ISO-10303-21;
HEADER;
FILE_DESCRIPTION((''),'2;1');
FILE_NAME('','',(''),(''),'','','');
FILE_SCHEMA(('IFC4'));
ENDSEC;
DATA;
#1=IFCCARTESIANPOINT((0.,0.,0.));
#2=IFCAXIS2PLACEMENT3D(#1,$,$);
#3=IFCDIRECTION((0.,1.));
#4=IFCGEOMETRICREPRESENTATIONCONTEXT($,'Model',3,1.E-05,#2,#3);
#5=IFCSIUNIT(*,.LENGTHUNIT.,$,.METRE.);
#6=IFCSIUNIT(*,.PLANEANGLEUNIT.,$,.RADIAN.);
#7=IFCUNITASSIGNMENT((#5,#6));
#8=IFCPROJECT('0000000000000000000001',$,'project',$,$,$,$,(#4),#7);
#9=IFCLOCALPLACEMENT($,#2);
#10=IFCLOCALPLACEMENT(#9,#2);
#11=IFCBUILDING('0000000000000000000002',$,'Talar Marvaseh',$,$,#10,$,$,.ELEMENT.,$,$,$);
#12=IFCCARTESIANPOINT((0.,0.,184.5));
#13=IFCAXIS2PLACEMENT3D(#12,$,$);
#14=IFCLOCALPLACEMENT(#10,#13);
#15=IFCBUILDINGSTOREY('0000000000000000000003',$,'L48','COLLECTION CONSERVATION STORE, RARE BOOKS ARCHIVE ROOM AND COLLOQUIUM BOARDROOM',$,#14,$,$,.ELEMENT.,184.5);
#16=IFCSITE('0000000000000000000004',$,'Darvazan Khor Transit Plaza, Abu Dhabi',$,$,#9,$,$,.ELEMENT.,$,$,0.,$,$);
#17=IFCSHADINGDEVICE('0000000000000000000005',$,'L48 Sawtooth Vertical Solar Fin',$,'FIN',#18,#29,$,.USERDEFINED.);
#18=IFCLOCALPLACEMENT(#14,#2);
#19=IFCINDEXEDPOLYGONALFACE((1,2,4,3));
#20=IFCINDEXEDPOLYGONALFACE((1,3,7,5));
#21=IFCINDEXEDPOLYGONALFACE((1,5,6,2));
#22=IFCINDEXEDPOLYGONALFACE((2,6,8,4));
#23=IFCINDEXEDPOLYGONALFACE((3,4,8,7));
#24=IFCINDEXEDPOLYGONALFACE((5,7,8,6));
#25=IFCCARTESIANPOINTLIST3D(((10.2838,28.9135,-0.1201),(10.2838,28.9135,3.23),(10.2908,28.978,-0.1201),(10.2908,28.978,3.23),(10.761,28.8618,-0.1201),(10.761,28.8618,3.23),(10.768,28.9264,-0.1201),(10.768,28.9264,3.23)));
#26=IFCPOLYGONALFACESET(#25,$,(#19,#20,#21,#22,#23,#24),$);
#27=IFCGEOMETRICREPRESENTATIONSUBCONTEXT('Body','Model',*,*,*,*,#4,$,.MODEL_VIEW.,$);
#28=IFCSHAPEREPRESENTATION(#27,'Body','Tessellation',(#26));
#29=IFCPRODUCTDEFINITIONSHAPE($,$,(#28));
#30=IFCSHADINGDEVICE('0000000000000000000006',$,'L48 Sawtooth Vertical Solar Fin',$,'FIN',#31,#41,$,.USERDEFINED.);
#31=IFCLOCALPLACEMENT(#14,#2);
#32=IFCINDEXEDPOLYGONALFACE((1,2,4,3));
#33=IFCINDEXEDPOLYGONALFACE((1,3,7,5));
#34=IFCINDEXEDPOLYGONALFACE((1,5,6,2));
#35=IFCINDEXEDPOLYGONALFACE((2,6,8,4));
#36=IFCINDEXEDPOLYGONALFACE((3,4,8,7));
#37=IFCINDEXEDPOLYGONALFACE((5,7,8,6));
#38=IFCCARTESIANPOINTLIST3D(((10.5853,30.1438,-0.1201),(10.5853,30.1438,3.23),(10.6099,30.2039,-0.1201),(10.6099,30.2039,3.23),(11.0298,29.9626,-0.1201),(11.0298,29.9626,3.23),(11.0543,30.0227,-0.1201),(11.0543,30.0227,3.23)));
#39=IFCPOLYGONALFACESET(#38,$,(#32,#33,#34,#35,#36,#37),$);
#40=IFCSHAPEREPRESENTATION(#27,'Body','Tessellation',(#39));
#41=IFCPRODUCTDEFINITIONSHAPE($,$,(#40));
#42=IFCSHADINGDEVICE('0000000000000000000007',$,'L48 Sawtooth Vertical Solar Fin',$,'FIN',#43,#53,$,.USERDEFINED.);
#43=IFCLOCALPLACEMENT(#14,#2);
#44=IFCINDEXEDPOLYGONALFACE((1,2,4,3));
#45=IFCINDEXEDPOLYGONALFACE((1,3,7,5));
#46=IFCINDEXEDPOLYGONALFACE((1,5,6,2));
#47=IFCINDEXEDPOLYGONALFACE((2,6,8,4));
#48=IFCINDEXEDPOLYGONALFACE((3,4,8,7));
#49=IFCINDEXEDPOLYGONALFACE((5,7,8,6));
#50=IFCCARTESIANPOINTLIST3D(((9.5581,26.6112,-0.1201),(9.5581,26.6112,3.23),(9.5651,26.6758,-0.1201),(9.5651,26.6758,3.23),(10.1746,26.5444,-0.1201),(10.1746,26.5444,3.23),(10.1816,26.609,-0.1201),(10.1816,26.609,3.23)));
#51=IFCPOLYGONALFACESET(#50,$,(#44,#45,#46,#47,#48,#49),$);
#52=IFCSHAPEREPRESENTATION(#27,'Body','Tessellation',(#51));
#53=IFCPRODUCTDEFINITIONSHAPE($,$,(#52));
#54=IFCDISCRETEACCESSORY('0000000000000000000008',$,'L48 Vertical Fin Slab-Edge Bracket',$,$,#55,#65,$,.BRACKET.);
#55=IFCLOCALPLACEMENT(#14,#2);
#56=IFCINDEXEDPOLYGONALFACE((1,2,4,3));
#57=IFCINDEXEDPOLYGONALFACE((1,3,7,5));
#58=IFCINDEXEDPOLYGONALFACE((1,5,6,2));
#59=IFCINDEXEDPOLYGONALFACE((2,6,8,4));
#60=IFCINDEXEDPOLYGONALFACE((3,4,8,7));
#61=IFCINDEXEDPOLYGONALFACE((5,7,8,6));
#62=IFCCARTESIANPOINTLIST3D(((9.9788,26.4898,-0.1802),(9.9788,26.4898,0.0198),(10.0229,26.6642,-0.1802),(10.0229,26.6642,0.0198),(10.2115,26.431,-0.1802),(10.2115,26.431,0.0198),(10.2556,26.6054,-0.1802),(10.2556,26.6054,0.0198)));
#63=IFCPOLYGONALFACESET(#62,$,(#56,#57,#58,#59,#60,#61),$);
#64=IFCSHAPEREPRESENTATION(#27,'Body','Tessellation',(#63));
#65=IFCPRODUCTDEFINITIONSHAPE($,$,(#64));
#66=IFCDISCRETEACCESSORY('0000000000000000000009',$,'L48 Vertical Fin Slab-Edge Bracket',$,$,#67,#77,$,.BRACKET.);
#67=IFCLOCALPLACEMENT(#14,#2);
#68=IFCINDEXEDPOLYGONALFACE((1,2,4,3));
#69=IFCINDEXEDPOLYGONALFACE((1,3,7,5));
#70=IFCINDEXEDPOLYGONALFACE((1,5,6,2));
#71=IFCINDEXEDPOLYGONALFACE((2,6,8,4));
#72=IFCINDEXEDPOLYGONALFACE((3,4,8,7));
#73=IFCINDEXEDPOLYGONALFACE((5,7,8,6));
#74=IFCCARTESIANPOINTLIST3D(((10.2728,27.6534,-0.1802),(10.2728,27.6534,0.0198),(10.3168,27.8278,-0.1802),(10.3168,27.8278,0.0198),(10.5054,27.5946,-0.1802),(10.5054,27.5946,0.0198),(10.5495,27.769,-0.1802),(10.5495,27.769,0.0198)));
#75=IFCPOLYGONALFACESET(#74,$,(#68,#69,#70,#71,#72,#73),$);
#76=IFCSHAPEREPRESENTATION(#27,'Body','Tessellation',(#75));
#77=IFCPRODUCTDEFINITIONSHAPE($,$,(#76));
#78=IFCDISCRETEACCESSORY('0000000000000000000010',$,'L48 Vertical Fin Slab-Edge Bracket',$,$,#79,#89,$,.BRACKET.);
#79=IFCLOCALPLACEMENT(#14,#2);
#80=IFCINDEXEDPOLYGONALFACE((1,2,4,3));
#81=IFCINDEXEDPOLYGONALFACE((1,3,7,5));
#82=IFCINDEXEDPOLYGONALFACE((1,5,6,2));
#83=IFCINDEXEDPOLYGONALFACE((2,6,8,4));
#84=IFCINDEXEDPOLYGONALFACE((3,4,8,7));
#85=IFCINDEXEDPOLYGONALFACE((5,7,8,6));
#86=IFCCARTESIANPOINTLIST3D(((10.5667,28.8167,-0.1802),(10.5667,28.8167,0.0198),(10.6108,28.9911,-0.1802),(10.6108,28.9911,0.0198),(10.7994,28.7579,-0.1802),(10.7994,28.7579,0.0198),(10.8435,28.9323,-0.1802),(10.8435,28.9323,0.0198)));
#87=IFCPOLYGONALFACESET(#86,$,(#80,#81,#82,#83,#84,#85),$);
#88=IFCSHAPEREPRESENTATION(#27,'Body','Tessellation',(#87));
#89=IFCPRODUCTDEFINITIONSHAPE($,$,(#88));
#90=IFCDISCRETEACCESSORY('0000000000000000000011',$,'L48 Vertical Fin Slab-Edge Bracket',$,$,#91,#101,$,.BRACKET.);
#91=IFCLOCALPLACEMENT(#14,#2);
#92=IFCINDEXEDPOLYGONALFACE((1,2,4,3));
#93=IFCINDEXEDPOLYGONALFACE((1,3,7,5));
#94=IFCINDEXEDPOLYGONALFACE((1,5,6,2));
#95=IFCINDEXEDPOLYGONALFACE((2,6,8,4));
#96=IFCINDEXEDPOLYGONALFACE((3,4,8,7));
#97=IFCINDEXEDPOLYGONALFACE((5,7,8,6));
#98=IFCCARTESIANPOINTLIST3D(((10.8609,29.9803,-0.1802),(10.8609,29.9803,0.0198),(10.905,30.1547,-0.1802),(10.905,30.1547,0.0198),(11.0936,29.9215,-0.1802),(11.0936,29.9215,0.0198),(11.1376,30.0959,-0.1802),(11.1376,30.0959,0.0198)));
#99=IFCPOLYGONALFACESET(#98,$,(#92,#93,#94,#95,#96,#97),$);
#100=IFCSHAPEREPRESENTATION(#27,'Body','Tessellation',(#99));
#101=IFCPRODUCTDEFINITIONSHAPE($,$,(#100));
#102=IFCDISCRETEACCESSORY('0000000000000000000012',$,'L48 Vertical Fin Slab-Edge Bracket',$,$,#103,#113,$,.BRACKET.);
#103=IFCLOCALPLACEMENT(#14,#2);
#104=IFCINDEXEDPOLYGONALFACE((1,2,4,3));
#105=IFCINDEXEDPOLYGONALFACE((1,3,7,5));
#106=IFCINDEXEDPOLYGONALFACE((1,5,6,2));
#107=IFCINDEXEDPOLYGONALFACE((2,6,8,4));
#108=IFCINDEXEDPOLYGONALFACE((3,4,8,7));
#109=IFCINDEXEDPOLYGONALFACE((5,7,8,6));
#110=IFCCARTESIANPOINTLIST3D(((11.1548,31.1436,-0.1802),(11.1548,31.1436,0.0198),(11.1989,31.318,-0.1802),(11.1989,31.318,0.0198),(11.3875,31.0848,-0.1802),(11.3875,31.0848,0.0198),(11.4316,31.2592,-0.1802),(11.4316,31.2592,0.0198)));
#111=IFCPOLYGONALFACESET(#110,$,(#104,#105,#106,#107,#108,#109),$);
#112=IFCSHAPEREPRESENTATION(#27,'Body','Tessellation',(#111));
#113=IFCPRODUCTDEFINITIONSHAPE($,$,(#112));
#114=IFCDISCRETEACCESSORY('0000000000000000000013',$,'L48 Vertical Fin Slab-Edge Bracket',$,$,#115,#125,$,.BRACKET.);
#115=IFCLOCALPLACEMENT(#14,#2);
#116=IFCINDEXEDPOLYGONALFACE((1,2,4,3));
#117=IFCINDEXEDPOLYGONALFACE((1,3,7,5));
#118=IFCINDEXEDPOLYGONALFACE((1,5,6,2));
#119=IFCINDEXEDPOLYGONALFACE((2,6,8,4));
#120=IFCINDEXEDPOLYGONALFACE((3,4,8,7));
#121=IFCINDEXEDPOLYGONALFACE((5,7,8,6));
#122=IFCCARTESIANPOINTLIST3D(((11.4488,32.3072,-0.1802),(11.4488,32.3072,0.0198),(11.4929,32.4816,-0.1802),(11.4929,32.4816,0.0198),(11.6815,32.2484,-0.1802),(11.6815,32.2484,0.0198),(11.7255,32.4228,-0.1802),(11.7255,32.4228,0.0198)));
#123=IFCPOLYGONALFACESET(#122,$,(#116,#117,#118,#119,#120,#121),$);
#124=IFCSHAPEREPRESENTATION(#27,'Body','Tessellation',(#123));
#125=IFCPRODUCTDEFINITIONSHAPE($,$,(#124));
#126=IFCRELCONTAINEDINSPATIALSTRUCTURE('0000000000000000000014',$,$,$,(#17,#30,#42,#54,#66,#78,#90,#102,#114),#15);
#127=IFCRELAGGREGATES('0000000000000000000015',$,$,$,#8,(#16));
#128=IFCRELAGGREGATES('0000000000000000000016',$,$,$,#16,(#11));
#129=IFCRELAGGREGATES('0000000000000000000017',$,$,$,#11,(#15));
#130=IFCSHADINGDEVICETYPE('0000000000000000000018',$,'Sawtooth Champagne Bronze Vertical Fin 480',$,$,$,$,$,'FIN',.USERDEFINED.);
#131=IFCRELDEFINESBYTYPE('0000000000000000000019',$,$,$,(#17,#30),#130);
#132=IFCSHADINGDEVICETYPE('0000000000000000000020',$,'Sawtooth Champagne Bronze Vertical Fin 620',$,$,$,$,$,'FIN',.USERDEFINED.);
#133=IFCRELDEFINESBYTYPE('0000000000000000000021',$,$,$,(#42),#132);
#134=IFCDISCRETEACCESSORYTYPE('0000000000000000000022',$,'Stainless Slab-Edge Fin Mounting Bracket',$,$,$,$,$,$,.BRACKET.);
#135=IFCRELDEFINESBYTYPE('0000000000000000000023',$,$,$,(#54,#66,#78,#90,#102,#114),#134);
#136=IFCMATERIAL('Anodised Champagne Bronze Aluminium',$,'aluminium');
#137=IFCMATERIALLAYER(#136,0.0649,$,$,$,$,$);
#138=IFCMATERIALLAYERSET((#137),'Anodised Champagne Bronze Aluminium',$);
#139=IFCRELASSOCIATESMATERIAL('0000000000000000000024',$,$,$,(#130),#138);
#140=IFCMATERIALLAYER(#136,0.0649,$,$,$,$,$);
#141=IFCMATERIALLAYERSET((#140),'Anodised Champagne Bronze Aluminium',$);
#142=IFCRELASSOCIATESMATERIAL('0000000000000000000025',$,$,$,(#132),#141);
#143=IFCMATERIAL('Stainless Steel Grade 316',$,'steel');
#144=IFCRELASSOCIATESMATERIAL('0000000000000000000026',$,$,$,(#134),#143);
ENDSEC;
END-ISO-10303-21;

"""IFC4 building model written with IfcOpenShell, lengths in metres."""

from ifc_helpers import new_model, si_unit, direction, frame, origin, origin_2d, place, context, subcontext, project, spatial, rectangle, extrude, source, transform, mapped, material, layer, layer_set, type_object, type_shapes, element, save


model = new_model("IFC4")

# Units and contexts
model_context = context("Model", 3, precision=1e-05, world=origin(), true_north=direction((0.0, 1.0)))
body_context = subcontext(model_context, "Body", "Model", "MODEL_VIEW")
ifc_project = project(units=[si_unit("LENGTHUNIT", "METRE"), si_unit("PLANEANGLEUNIT", "RADIAN")], contexts=[model_context])

# Site, building, storey
site_placement = place(None, origin())
site = spatial("IfcSite", under=ifc_project, at=site_placement, Name="Darvazan Khor Transit Plaza, Abu Dhabi", CompositionType="ELEMENT", RefElevation=0.0)
building_placement = place(site_placement, origin())
building = spatial("IfcBuilding", under=site, at=building_placement, Name="Talar Marvaseh", CompositionType="ELEMENT")
storey_placement = place(building_placement, frame((0.0, 0.0, 184.5)))
storey = spatial("IfcBuildingStorey", under=building, at=storey_placement, Name="L48", Description="COLLECTION CONSERVATION STORE, RARE BOOKS ARCHIVE ROOM AND COLLOQUIUM BOARDROOM", CompositionType="ELEMENT", Elevation=184.5)

# Shading devices
ifc_material_1 = material(Name="Anodised Champagne Bronze Aluminium", Category="aluminium")
ifc_layer_1 = layer(ifc_material_1, 0.0649)
ifc_layer_set_1 = layer_set([ifc_layer_1], Name="Anodised Champagne Bronze Aluminium")
shading_device_type_1 = type_object("IfcShadingDeviceType", Name="Sawtooth Champagne Bronze Vertical Fin 480", ElementType="FIN", PredefinedType="USERDEFINED", material=ifc_layer_set_1)
shared_shape_1 = source(origin(), body_context, "Body", "SweptSolid", [
    extrude(rectangle(XDim=0.48, YDim=0.0649, at=origin_2d()), origin(), (0.0, 0.0, 1.0), 3.3501),
])
type_shapes(shading_device_type_1, [shared_shape_1])
for number, where, z_axis, x_axis, name in (
    (1, (10.5259, 28.9199, -0.1201), (0.0, 0.0, 1.0), (-0.994189, 0.107652, 0.0), "L48 Sawtooth Vertical Solar Fin"),
    (2, (10.8198, 30.0833, -0.1201), (0.0, 0.0, 1.0), (-0.926002, 0.377518, 0.0), "L48 Sawtooth Vertical Solar Fin"),
):
    element("IfcShadingDevice", number, at=place(storey_placement, frame(where, z_axis=z_axis, x_axis=x_axis)), inside=storey, type_object=shading_device_type_1, Name=name, ObjectType="FIN", PredefinedType="USERDEFINED", context=body_context, shape_type="MappedRepresentation", body=[
        mapped(shared_shape_1, transform((0.0, 0.0, 0.0), x_axis=(1.0, 0.0, 0.0), y_axis=(0.0, 1.0, 0.0), z_axis=(0.0, 0.0, 1.0), scale=1.0)),
    ])
ifc_layer_2 = layer(ifc_material_1, 0.0649)
ifc_layer_set_2 = layer_set([ifc_layer_2], Name="Anodised Champagne Bronze Aluminium")
shading_device_type_2 = type_object("IfcShadingDeviceType", Name="Sawtooth Champagne Bronze Vertical Fin 620", ElementType="FIN", PredefinedType="USERDEFINED", material=ifc_layer_set_2)
shared_shape_2 = source(origin(), body_context, "Body", "SweptSolid", [
    extrude(rectangle(XDim=0.6201, YDim=0.0649, at=origin_2d()), origin(), (0.0, 0.0, 1.0), 3.3501),
])
type_shapes(shading_device_type_2, [shared_shape_2])
shading_device_placement = place(storey_placement, frame((9.8699, 26.6101, -0.1201), z_axis=(0.0, 0.0, 1.0), x_axis=(-0.994189, 0.107652, 0.0)))
element("IfcShadingDevice", 3, at=shading_device_placement, inside=storey, type_object=shading_device_type_2, Name="L48 Sawtooth Vertical Solar Fin", ObjectType="FIN", PredefinedType="USERDEFINED", context=body_context, shape_type="MappedRepresentation", body=[
    mapped(shared_shape_2, transform((0.0, 0.0, 0.0), x_axis=(1.0, 0.0, 0.0), y_axis=(0.0, 1.0, 0.0), z_axis=(0.0, 0.0, 1.0), scale=1.0)),
])

# Discrete accessories
ifc_material_2 = material(Name="Stainless Steel Grade 316", Category="steel")
discrete_accessory_type = type_object("IfcDiscreteAccessoryType", Name="Stainless Slab-Edge Fin Mounting Bracket", PredefinedType="BRACKET", material=ifc_material_2)
shared_shape_3 = source(origin(), body_context, "Body", "SweptSolid", [
    extrude(rectangle(XDim=0.24, YDim=0.1799, at=origin_2d()), origin(), (0.0, 0.0, 1.0), 0.2),
])
type_shapes(discrete_accessory_type, [shared_shape_3])
for number, where, z_axis, x_axis, name in (
    (4, (10.1172, 26.5476, -0.1802), (0.0, 0.0, 1.0), (-0.969531, 0.244969, 0.0), "L48 Vertical Fin Slab-Edge Bracket"),
    (5, (10.4111, 27.7112, -0.1802), (0.0, 0.0, 1.0), (-0.969531, 0.244969, 0.0), "L48 Vertical Fin Slab-Edge Bracket"),
    (6, (10.7051, 28.8745, -0.1802), (0.0, 0.0, 1.0), (-0.969531, 0.244969, 0.0), "L48 Vertical Fin Slab-Edge Bracket"),
    (7, (10.9993, 30.0381, -0.1802), (0.0, 0.0, 1.0), (-0.969531, 0.244969, 0.0), "L48 Vertical Fin Slab-Edge Bracket"),
    (8, (11.2932, 31.2014, -0.1802), (0.0, 0.0, 1.0), (-0.969531, 0.244969, 0.0), "L48 Vertical Fin Slab-Edge Bracket"),
    (9, (11.5872, 32.365, -0.1802), (0.0, 0.0, 1.0), (-0.969531, 0.244969, 0.0), "L48 Vertical Fin Slab-Edge Bracket"),
):
    element("IfcDiscreteAccessory", number, at=place(storey_placement, frame(where, z_axis=z_axis, x_axis=x_axis)), inside=storey, type_object=discrete_accessory_type, Name=name, PredefinedType="BRACKET", context=body_context, shape_type="MappedRepresentation", body=[
        mapped(shared_shape_3, transform((0.0, 0.0, 0.0), x_axis=(1.0, 0.0, 0.0), y_axis=(0.0, 1.0, 0.0), z_axis=(0.0, 0.0, 1.0), scale=1.0)),
    ])

save(model, "model.ifc")
